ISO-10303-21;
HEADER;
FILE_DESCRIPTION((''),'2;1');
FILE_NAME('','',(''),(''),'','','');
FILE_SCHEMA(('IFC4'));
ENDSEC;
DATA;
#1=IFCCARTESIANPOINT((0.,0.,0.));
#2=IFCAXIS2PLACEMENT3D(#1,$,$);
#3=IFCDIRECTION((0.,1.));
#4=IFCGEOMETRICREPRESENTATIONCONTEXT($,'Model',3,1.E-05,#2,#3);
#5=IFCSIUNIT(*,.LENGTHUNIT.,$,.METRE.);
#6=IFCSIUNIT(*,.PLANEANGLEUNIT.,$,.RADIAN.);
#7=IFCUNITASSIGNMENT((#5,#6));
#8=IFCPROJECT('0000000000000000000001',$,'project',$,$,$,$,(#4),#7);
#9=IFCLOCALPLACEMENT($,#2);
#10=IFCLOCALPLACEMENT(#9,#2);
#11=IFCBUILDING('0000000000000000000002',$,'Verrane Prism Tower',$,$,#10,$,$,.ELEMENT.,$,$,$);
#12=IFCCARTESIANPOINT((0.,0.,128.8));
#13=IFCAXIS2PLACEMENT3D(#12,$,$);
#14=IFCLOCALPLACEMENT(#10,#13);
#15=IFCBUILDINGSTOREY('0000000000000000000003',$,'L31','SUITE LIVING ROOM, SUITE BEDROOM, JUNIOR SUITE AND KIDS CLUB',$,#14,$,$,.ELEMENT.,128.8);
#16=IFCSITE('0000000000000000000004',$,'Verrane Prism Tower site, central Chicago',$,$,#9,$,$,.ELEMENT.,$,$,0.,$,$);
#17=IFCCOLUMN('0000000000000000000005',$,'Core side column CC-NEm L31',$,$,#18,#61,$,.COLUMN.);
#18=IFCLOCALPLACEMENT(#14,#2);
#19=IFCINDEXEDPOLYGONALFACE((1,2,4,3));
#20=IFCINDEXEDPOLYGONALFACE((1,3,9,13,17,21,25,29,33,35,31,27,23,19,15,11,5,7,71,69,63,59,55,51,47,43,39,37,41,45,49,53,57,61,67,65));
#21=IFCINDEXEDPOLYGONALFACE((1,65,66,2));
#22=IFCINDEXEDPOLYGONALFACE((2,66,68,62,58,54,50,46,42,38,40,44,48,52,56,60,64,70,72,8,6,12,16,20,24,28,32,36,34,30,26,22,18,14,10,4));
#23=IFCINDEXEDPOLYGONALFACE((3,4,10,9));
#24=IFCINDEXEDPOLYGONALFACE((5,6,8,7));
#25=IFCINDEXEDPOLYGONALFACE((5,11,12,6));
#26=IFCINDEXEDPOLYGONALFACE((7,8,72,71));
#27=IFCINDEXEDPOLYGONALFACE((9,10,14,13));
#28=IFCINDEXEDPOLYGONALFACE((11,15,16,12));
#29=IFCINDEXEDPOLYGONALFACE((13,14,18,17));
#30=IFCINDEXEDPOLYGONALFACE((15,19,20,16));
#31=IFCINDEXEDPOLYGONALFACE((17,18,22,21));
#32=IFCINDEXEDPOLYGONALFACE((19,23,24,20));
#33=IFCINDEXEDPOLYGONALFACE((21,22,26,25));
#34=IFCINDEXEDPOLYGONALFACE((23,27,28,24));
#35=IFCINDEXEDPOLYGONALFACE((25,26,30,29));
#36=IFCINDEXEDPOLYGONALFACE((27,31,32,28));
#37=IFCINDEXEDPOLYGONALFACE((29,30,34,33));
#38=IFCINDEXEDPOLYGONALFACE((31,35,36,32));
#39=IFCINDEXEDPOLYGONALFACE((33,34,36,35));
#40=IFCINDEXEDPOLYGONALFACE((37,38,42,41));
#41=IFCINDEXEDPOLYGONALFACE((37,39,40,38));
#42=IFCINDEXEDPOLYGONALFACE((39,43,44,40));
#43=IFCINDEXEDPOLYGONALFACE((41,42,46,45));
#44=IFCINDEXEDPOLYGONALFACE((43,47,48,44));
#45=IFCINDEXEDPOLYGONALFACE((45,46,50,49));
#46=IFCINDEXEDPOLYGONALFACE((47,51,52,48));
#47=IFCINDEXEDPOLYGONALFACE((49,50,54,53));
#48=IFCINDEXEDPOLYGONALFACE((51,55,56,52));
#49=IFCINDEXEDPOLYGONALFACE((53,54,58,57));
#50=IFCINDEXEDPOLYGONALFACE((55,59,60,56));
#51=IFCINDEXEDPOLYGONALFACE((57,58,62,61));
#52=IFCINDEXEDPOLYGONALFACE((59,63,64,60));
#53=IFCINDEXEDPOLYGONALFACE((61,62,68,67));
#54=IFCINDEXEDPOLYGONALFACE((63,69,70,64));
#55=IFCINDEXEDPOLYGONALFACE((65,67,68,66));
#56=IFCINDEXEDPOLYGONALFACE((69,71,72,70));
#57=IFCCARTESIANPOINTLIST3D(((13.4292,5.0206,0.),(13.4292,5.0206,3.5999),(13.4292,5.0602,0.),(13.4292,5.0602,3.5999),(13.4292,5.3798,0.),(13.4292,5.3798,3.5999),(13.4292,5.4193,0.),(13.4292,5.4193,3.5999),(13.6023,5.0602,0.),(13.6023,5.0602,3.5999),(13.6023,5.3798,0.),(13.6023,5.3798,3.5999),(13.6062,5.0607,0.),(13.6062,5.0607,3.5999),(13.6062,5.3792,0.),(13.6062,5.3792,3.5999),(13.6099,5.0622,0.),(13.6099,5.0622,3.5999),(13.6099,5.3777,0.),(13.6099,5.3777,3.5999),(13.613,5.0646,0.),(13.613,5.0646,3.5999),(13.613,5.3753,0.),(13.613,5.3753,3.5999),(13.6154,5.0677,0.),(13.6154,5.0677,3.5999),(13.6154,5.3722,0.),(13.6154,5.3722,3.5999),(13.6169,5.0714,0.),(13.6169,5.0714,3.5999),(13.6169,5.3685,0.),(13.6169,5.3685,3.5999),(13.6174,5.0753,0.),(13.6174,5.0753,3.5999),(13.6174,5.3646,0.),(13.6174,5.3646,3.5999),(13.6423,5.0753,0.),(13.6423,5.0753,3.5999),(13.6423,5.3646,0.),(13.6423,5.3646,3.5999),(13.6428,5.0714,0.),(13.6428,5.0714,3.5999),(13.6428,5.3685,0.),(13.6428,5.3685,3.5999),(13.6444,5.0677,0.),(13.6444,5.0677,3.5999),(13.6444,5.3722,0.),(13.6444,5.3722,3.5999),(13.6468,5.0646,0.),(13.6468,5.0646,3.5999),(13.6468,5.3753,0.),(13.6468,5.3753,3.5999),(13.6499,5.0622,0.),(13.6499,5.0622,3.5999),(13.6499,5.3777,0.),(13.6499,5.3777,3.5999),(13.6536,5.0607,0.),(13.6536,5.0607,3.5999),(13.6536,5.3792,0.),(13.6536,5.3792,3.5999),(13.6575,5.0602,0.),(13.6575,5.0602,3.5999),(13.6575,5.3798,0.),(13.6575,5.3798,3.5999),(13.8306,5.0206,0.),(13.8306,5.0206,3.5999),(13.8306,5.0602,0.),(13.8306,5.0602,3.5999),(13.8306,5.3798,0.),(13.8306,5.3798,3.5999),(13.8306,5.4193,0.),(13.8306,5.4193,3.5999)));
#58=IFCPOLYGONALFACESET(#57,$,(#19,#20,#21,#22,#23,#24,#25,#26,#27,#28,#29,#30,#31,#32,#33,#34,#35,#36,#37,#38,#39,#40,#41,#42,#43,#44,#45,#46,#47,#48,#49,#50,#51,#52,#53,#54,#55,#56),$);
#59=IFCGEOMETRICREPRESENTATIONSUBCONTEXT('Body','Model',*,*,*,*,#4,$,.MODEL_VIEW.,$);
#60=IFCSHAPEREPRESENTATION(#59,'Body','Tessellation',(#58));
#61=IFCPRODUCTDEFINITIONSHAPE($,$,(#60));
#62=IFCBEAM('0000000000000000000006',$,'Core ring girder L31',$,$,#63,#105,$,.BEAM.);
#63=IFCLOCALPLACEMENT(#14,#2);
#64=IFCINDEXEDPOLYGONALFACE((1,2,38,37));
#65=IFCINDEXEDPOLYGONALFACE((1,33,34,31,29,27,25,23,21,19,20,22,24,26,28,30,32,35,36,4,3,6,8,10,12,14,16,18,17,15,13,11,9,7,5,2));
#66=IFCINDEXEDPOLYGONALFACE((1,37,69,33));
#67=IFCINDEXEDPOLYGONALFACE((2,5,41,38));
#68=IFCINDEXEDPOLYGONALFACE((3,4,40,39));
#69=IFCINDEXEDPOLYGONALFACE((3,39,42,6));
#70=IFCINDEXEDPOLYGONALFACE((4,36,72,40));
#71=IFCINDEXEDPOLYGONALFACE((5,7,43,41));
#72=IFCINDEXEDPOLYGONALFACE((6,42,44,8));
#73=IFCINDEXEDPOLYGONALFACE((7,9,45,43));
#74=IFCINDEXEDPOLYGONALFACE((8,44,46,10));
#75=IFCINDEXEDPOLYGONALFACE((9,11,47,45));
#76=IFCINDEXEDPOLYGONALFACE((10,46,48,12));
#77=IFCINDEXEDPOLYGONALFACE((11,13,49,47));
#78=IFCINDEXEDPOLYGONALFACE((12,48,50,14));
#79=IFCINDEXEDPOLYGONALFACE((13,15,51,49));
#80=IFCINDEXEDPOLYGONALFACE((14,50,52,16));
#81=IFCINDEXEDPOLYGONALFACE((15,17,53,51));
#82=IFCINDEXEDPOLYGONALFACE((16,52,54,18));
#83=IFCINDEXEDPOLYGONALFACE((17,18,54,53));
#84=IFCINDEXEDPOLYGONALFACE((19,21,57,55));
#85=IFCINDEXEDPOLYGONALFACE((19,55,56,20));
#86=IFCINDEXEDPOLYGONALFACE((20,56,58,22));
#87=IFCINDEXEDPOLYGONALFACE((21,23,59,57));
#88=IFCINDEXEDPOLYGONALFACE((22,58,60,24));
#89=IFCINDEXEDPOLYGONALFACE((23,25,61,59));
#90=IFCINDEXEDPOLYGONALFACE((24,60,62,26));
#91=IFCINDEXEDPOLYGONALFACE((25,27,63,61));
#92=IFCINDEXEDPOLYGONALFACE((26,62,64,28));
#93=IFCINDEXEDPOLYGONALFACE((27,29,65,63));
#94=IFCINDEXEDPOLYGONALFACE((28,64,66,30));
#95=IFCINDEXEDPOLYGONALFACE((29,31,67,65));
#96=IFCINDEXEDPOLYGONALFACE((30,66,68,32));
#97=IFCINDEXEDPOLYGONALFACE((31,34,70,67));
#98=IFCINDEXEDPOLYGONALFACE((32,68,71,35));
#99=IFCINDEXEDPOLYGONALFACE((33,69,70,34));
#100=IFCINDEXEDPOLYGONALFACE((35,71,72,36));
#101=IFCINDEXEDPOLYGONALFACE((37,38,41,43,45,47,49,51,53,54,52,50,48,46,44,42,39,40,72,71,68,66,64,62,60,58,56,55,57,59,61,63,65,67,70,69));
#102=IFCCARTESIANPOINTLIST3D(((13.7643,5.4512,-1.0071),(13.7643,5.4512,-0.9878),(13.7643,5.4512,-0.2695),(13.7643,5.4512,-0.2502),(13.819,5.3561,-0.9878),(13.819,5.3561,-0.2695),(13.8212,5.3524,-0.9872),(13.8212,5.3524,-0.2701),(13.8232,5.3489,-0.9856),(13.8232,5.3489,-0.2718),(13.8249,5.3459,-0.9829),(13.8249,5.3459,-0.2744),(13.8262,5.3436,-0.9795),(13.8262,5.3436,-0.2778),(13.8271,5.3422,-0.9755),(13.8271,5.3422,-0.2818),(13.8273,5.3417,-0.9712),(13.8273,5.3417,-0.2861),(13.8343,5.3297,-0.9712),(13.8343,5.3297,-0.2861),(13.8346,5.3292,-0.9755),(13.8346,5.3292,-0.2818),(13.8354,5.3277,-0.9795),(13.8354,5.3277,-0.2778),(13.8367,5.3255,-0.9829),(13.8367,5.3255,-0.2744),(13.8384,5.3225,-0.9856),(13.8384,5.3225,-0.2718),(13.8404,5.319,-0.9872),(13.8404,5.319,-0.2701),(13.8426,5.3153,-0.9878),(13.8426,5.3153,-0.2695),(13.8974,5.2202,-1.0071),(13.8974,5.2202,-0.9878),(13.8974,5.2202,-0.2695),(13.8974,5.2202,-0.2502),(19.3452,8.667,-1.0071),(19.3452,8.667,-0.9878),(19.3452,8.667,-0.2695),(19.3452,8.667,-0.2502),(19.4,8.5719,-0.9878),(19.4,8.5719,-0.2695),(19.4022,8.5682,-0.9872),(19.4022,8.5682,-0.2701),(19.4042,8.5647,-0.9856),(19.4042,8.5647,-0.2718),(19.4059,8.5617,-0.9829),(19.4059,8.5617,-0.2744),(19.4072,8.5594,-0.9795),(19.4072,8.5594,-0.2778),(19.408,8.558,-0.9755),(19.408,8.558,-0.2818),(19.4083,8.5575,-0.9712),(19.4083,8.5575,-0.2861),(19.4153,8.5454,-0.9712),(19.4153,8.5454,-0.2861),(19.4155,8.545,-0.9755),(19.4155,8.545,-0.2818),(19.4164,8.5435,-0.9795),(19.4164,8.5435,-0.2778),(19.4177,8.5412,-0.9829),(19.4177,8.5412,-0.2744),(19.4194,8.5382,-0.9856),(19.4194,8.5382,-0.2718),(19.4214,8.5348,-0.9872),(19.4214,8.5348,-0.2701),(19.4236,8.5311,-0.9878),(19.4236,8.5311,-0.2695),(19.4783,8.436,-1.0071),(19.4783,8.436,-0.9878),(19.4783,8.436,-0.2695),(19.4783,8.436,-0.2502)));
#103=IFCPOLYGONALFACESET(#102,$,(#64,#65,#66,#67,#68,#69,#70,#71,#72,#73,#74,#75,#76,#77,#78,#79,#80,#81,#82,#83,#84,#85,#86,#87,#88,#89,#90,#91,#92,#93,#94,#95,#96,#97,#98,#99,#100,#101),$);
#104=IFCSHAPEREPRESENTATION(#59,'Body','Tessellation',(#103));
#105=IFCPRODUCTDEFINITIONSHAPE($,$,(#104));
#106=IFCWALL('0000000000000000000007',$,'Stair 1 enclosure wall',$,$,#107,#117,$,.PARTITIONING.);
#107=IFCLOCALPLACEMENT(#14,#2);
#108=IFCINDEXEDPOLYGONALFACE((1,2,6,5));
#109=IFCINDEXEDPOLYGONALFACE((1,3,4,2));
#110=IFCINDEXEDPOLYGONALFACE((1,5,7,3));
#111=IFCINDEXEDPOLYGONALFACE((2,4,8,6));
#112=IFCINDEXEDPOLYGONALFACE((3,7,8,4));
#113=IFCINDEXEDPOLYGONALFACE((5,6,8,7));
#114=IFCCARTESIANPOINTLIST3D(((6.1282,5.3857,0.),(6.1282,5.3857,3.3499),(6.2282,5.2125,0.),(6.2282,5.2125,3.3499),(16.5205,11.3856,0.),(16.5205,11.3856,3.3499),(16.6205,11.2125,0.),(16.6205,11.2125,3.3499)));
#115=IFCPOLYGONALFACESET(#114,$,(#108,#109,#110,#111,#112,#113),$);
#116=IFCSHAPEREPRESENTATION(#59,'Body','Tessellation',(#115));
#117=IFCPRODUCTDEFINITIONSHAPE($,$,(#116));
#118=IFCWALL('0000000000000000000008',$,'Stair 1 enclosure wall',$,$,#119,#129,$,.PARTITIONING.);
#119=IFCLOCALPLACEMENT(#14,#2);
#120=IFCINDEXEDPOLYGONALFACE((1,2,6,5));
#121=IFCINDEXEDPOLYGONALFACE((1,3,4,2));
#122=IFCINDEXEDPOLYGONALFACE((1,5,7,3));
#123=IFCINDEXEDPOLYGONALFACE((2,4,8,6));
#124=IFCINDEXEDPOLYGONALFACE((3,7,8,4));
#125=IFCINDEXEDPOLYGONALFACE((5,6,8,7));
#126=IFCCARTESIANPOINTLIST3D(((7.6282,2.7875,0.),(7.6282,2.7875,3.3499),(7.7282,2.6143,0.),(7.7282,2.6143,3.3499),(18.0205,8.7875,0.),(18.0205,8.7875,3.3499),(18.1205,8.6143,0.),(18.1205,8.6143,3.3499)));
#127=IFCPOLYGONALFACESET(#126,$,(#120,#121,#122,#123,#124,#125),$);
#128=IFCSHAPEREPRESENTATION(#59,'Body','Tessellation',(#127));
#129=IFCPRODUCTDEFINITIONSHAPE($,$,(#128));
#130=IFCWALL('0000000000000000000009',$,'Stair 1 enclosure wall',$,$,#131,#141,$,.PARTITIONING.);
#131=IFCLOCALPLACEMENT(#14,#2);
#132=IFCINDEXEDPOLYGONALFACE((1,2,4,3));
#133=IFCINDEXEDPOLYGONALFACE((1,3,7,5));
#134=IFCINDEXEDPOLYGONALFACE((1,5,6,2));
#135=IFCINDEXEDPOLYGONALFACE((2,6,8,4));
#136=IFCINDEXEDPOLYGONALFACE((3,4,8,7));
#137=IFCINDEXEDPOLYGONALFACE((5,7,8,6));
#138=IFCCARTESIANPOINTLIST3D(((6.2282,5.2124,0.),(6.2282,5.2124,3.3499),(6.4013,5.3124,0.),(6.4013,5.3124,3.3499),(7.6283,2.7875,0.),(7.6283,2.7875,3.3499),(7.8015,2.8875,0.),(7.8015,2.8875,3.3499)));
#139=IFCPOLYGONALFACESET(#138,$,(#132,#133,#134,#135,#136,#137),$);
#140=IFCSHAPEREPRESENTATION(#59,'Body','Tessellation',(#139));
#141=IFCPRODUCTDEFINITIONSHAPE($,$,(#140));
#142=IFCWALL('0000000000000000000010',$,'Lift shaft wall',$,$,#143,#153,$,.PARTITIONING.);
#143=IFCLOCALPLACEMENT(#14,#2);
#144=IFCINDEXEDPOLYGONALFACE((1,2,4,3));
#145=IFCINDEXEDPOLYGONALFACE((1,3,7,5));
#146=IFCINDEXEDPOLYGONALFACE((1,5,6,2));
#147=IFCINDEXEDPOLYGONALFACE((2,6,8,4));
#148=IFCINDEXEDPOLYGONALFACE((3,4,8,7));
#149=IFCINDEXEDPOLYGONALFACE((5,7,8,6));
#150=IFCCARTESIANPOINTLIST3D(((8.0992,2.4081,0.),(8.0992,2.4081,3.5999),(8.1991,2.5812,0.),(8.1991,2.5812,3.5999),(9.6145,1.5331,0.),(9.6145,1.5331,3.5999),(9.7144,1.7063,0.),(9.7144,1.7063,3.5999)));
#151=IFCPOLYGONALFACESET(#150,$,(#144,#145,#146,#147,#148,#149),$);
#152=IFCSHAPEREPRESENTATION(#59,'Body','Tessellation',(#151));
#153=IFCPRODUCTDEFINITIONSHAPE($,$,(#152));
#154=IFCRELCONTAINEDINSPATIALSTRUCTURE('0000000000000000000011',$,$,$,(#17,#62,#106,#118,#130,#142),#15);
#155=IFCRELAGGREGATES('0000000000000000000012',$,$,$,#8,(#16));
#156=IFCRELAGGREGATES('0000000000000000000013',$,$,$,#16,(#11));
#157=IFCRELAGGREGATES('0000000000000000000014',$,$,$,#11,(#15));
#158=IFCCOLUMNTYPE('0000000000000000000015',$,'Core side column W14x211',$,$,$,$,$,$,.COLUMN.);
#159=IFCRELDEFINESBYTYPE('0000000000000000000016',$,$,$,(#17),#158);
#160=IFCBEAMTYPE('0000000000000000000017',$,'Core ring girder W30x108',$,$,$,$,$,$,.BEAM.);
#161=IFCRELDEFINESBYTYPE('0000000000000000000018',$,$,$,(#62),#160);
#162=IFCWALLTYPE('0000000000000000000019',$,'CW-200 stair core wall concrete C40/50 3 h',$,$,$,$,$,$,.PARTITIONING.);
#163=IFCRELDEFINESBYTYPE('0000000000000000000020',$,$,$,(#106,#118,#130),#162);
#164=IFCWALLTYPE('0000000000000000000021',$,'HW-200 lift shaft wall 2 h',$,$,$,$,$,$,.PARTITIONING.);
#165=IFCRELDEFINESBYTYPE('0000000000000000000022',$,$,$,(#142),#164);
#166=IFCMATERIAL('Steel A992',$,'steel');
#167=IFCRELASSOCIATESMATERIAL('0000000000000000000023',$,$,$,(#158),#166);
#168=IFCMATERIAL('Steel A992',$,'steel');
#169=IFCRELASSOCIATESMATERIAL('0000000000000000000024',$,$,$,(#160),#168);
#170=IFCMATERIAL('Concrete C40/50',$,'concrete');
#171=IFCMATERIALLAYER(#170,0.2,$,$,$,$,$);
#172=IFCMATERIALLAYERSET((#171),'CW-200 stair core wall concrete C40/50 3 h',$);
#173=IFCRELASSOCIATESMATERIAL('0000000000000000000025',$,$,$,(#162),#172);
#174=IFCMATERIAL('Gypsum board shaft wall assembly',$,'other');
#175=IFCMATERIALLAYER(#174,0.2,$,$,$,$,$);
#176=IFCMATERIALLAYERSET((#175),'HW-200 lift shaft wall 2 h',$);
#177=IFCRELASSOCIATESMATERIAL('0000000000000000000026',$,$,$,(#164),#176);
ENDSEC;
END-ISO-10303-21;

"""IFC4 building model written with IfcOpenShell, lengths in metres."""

from ifc_helpers import new_model, si_unit, direction, frame, frame_2d, origin, origin_2d, place, context, subcontext, project, spatial, rectangle, i_section, extrude, material, layer, layer_set, material_profile, profile_set, type_object, element, save


model = new_model("IFC4")

# Units and contexts
model_context = context("Model", 3, precision=1e-05, world=origin(), true_north=direction((0.0, 1.0)))
body_context = subcontext(model_context, "Body", "Model", "MODEL_VIEW")
ifc_project = project(units=[si_unit("LENGTHUNIT", "METRE"), si_unit("PLANEANGLEUNIT", "RADIAN")], contexts=[model_context])

# Site, building, storey
site_placement = place(None, origin())
site = spatial("IfcSite", under=ifc_project, at=site_placement, Name="Verrane Prism Tower site, central Chicago", CompositionType="ELEMENT", RefElevation=0.0)
building_placement = place(site_placement, origin())
building = spatial("IfcBuilding", under=site, at=building_placement, Name="Verrane Prism Tower", CompositionType="ELEMENT")
storey_placement = place(building_placement, frame((0.0, 0.0, 128.8)))
storey = spatial("IfcBuildingStorey", under=building, at=storey_placement, Name="L31", Description="SUITE LIVING ROOM, SUITE BEDROOM, JUNIOR SUITE AND KIDS CLUB", CompositionType="ELEMENT", Elevation=128.8)

# Column
ifc_material_1 = material(Name="Steel A992", Category="steel")
ifc_material_profile_1 = material_profile(ifc_material_1, i_section(OverallWidth=0.4014, OverallDepth=0.3987, WebThickness=0.0249, FlangeThickness=0.0396, FilletRadius=0.0151, at=origin_2d()), Name="W14x211")
ifc_profile_set_1 = profile_set([ifc_material_profile_1], Name="Steel A992")
column_type = type_object("IfcColumnType", Name="Core side column W14x211", PredefinedType="COLUMN", material=ifc_profile_set_1)
column_placement = place(storey_placement, frame((13.6299, 5.22, 0.0), z_axis=(0.0, 0.0, 1.0), x_axis=(1.0, 0.0, 0.0)))
element("IfcColumn", 1, at=column_placement, inside=storey, type_object=column_type, Name="Core side column CC-NEm L31", PredefinedType="COLUMN", context=body_context, shape_type="SweptSolid", body=[
    extrude(i_section(OverallWidth=0.4014, OverallDepth=0.3987, WebThickness=0.0249, FlangeThickness=0.0396, FilletRadius=0.0151, at=origin_2d()), origin(), (0.0, 0.0, 1.0), 3.5999),
])

# Beam
ifc_material_2 = material(Name="Steel A992", Category="steel")
ifc_material_profile_2 = material_profile(ifc_material_2, i_section(OverallWidth=0.2666, OverallDepth=0.7568, WebThickness=0.0139, FlangeThickness=0.0193, FilletRadius=0.0166, at=origin_2d()), Name="W30x108")
ifc_profile_set_2 = profile_set([ifc_material_profile_2], Name="Steel A992")
beam_type = type_object("IfcBeamType", Name="Core ring girder W30x108", PredefinedType="BEAM", material=ifc_profile_set_2)
beam_placement = place(storey_placement, frame((13.8308, 5.3357, -0.6287), z_axis=(0.866456, 0.499254, 0.0), x_axis=(-0.499254, 0.866456, 0.0)))
element("IfcBeam", 2, at=beam_placement, inside=storey, type_object=beam_type, Name="Core ring girder L31", PredefinedType="BEAM", context=body_context, shape_type="SweptSolid", body=[
    extrude(i_section(OverallWidth=0.2666, OverallDepth=0.7568, WebThickness=0.0139, FlangeThickness=0.0193, FilletRadius=0.0166, at=origin_2d()), origin(), (0.0, 0.0, 1.0), 6.4412),
])

# Walls
ifc_material_3 = material(Name="Concrete C40/50", Category="concrete")
ifc_layer_1 = layer(ifc_material_3, 0.2)
ifc_layer_set_1 = layer_set([ifc_layer_1], Name="CW-200 stair core wall concrete C40/50 3 h")
wall_type_1 = type_object("IfcWallType", Name="CW-200 stair core wall concrete C40/50 3 h", PredefinedType="PARTITIONING", material=ifc_layer_set_1)
for number, where, z_axis, x_axis, name in (
    (3, (6.1782, 5.2991, 0.0), (0.0, 0.0, 1.0), (0.866026, 0.499999, 0.0), "Stair 1 enclosure wall"),
    (4, (7.6782, 2.7009, 0.0), (0.0, 0.0, 1.0), (0.866026, 0.499999, 0.0), "Stair 1 enclosure wall"),
):
    element("IfcWall", number, at=place(storey_placement, frame(where, z_axis=z_axis, x_axis=x_axis)), inside=storey, type_object=wall_type_1, Name=name, PredefinedType="PARTITIONING", context=body_context, shape_type="SweptSolid", body=[
        extrude(rectangle(XDim=12.0, YDim=0.2, at=frame_2d((6.0, 0.0))), origin(), (0.0, 0.0, 1.0), 3.3499),
    ])
wall_1_placement = place(storey_placement, frame((7.7148, 2.8376, 0.0), z_axis=(0.0, 0.0, 1.0), x_axis=(-0.50005, 0.865997, 0.0)))
element("IfcWall", 5, at=wall_1_placement, inside=storey, type_object=wall_type_1, Name="Stair 1 enclosure wall", PredefinedType="PARTITIONING", context=body_context, shape_type="SweptSolid", body=[
    extrude(rectangle(XDim=2.8, YDim=0.2, at=frame_2d((1.3999, 0.0))), origin(), (0.0, 0.0, 1.0), 3.3499),
])
ifc_material_4 = material(Name="Gypsum board shaft wall assembly", Category="other")
ifc_layer_2 = layer(ifc_material_4, 0.2)
ifc_layer_set_2 = layer_set([ifc_layer_2], Name="HW-200 lift shaft wall 2 h")
wall_type_2 = type_object("IfcWallType", Name="HW-200 lift shaft wall 2 h", PredefinedType="PARTITIONING", material=ifc_layer_set_2)
wall_2_placement = place(storey_placement, frame((9.6646, 1.6196, 0.0), z_axis=(0.0, 0.0, 1.0), x_axis=(-0.866002, 0.50004, 0.0)))
element("IfcWall", 6, at=wall_2_placement, inside=storey, type_object=wall_type_2, Name="Lift shaft wall", PredefinedType="PARTITIONING", context=body_context, shape_type="SweptSolid", body=[
    extrude(rectangle(XDim=1.7498, YDim=0.2, at=frame_2d((0.875, 0.0))), origin(), (0.0, 0.0, 1.0), 3.5999),
])

save(model, "model.ifc")
